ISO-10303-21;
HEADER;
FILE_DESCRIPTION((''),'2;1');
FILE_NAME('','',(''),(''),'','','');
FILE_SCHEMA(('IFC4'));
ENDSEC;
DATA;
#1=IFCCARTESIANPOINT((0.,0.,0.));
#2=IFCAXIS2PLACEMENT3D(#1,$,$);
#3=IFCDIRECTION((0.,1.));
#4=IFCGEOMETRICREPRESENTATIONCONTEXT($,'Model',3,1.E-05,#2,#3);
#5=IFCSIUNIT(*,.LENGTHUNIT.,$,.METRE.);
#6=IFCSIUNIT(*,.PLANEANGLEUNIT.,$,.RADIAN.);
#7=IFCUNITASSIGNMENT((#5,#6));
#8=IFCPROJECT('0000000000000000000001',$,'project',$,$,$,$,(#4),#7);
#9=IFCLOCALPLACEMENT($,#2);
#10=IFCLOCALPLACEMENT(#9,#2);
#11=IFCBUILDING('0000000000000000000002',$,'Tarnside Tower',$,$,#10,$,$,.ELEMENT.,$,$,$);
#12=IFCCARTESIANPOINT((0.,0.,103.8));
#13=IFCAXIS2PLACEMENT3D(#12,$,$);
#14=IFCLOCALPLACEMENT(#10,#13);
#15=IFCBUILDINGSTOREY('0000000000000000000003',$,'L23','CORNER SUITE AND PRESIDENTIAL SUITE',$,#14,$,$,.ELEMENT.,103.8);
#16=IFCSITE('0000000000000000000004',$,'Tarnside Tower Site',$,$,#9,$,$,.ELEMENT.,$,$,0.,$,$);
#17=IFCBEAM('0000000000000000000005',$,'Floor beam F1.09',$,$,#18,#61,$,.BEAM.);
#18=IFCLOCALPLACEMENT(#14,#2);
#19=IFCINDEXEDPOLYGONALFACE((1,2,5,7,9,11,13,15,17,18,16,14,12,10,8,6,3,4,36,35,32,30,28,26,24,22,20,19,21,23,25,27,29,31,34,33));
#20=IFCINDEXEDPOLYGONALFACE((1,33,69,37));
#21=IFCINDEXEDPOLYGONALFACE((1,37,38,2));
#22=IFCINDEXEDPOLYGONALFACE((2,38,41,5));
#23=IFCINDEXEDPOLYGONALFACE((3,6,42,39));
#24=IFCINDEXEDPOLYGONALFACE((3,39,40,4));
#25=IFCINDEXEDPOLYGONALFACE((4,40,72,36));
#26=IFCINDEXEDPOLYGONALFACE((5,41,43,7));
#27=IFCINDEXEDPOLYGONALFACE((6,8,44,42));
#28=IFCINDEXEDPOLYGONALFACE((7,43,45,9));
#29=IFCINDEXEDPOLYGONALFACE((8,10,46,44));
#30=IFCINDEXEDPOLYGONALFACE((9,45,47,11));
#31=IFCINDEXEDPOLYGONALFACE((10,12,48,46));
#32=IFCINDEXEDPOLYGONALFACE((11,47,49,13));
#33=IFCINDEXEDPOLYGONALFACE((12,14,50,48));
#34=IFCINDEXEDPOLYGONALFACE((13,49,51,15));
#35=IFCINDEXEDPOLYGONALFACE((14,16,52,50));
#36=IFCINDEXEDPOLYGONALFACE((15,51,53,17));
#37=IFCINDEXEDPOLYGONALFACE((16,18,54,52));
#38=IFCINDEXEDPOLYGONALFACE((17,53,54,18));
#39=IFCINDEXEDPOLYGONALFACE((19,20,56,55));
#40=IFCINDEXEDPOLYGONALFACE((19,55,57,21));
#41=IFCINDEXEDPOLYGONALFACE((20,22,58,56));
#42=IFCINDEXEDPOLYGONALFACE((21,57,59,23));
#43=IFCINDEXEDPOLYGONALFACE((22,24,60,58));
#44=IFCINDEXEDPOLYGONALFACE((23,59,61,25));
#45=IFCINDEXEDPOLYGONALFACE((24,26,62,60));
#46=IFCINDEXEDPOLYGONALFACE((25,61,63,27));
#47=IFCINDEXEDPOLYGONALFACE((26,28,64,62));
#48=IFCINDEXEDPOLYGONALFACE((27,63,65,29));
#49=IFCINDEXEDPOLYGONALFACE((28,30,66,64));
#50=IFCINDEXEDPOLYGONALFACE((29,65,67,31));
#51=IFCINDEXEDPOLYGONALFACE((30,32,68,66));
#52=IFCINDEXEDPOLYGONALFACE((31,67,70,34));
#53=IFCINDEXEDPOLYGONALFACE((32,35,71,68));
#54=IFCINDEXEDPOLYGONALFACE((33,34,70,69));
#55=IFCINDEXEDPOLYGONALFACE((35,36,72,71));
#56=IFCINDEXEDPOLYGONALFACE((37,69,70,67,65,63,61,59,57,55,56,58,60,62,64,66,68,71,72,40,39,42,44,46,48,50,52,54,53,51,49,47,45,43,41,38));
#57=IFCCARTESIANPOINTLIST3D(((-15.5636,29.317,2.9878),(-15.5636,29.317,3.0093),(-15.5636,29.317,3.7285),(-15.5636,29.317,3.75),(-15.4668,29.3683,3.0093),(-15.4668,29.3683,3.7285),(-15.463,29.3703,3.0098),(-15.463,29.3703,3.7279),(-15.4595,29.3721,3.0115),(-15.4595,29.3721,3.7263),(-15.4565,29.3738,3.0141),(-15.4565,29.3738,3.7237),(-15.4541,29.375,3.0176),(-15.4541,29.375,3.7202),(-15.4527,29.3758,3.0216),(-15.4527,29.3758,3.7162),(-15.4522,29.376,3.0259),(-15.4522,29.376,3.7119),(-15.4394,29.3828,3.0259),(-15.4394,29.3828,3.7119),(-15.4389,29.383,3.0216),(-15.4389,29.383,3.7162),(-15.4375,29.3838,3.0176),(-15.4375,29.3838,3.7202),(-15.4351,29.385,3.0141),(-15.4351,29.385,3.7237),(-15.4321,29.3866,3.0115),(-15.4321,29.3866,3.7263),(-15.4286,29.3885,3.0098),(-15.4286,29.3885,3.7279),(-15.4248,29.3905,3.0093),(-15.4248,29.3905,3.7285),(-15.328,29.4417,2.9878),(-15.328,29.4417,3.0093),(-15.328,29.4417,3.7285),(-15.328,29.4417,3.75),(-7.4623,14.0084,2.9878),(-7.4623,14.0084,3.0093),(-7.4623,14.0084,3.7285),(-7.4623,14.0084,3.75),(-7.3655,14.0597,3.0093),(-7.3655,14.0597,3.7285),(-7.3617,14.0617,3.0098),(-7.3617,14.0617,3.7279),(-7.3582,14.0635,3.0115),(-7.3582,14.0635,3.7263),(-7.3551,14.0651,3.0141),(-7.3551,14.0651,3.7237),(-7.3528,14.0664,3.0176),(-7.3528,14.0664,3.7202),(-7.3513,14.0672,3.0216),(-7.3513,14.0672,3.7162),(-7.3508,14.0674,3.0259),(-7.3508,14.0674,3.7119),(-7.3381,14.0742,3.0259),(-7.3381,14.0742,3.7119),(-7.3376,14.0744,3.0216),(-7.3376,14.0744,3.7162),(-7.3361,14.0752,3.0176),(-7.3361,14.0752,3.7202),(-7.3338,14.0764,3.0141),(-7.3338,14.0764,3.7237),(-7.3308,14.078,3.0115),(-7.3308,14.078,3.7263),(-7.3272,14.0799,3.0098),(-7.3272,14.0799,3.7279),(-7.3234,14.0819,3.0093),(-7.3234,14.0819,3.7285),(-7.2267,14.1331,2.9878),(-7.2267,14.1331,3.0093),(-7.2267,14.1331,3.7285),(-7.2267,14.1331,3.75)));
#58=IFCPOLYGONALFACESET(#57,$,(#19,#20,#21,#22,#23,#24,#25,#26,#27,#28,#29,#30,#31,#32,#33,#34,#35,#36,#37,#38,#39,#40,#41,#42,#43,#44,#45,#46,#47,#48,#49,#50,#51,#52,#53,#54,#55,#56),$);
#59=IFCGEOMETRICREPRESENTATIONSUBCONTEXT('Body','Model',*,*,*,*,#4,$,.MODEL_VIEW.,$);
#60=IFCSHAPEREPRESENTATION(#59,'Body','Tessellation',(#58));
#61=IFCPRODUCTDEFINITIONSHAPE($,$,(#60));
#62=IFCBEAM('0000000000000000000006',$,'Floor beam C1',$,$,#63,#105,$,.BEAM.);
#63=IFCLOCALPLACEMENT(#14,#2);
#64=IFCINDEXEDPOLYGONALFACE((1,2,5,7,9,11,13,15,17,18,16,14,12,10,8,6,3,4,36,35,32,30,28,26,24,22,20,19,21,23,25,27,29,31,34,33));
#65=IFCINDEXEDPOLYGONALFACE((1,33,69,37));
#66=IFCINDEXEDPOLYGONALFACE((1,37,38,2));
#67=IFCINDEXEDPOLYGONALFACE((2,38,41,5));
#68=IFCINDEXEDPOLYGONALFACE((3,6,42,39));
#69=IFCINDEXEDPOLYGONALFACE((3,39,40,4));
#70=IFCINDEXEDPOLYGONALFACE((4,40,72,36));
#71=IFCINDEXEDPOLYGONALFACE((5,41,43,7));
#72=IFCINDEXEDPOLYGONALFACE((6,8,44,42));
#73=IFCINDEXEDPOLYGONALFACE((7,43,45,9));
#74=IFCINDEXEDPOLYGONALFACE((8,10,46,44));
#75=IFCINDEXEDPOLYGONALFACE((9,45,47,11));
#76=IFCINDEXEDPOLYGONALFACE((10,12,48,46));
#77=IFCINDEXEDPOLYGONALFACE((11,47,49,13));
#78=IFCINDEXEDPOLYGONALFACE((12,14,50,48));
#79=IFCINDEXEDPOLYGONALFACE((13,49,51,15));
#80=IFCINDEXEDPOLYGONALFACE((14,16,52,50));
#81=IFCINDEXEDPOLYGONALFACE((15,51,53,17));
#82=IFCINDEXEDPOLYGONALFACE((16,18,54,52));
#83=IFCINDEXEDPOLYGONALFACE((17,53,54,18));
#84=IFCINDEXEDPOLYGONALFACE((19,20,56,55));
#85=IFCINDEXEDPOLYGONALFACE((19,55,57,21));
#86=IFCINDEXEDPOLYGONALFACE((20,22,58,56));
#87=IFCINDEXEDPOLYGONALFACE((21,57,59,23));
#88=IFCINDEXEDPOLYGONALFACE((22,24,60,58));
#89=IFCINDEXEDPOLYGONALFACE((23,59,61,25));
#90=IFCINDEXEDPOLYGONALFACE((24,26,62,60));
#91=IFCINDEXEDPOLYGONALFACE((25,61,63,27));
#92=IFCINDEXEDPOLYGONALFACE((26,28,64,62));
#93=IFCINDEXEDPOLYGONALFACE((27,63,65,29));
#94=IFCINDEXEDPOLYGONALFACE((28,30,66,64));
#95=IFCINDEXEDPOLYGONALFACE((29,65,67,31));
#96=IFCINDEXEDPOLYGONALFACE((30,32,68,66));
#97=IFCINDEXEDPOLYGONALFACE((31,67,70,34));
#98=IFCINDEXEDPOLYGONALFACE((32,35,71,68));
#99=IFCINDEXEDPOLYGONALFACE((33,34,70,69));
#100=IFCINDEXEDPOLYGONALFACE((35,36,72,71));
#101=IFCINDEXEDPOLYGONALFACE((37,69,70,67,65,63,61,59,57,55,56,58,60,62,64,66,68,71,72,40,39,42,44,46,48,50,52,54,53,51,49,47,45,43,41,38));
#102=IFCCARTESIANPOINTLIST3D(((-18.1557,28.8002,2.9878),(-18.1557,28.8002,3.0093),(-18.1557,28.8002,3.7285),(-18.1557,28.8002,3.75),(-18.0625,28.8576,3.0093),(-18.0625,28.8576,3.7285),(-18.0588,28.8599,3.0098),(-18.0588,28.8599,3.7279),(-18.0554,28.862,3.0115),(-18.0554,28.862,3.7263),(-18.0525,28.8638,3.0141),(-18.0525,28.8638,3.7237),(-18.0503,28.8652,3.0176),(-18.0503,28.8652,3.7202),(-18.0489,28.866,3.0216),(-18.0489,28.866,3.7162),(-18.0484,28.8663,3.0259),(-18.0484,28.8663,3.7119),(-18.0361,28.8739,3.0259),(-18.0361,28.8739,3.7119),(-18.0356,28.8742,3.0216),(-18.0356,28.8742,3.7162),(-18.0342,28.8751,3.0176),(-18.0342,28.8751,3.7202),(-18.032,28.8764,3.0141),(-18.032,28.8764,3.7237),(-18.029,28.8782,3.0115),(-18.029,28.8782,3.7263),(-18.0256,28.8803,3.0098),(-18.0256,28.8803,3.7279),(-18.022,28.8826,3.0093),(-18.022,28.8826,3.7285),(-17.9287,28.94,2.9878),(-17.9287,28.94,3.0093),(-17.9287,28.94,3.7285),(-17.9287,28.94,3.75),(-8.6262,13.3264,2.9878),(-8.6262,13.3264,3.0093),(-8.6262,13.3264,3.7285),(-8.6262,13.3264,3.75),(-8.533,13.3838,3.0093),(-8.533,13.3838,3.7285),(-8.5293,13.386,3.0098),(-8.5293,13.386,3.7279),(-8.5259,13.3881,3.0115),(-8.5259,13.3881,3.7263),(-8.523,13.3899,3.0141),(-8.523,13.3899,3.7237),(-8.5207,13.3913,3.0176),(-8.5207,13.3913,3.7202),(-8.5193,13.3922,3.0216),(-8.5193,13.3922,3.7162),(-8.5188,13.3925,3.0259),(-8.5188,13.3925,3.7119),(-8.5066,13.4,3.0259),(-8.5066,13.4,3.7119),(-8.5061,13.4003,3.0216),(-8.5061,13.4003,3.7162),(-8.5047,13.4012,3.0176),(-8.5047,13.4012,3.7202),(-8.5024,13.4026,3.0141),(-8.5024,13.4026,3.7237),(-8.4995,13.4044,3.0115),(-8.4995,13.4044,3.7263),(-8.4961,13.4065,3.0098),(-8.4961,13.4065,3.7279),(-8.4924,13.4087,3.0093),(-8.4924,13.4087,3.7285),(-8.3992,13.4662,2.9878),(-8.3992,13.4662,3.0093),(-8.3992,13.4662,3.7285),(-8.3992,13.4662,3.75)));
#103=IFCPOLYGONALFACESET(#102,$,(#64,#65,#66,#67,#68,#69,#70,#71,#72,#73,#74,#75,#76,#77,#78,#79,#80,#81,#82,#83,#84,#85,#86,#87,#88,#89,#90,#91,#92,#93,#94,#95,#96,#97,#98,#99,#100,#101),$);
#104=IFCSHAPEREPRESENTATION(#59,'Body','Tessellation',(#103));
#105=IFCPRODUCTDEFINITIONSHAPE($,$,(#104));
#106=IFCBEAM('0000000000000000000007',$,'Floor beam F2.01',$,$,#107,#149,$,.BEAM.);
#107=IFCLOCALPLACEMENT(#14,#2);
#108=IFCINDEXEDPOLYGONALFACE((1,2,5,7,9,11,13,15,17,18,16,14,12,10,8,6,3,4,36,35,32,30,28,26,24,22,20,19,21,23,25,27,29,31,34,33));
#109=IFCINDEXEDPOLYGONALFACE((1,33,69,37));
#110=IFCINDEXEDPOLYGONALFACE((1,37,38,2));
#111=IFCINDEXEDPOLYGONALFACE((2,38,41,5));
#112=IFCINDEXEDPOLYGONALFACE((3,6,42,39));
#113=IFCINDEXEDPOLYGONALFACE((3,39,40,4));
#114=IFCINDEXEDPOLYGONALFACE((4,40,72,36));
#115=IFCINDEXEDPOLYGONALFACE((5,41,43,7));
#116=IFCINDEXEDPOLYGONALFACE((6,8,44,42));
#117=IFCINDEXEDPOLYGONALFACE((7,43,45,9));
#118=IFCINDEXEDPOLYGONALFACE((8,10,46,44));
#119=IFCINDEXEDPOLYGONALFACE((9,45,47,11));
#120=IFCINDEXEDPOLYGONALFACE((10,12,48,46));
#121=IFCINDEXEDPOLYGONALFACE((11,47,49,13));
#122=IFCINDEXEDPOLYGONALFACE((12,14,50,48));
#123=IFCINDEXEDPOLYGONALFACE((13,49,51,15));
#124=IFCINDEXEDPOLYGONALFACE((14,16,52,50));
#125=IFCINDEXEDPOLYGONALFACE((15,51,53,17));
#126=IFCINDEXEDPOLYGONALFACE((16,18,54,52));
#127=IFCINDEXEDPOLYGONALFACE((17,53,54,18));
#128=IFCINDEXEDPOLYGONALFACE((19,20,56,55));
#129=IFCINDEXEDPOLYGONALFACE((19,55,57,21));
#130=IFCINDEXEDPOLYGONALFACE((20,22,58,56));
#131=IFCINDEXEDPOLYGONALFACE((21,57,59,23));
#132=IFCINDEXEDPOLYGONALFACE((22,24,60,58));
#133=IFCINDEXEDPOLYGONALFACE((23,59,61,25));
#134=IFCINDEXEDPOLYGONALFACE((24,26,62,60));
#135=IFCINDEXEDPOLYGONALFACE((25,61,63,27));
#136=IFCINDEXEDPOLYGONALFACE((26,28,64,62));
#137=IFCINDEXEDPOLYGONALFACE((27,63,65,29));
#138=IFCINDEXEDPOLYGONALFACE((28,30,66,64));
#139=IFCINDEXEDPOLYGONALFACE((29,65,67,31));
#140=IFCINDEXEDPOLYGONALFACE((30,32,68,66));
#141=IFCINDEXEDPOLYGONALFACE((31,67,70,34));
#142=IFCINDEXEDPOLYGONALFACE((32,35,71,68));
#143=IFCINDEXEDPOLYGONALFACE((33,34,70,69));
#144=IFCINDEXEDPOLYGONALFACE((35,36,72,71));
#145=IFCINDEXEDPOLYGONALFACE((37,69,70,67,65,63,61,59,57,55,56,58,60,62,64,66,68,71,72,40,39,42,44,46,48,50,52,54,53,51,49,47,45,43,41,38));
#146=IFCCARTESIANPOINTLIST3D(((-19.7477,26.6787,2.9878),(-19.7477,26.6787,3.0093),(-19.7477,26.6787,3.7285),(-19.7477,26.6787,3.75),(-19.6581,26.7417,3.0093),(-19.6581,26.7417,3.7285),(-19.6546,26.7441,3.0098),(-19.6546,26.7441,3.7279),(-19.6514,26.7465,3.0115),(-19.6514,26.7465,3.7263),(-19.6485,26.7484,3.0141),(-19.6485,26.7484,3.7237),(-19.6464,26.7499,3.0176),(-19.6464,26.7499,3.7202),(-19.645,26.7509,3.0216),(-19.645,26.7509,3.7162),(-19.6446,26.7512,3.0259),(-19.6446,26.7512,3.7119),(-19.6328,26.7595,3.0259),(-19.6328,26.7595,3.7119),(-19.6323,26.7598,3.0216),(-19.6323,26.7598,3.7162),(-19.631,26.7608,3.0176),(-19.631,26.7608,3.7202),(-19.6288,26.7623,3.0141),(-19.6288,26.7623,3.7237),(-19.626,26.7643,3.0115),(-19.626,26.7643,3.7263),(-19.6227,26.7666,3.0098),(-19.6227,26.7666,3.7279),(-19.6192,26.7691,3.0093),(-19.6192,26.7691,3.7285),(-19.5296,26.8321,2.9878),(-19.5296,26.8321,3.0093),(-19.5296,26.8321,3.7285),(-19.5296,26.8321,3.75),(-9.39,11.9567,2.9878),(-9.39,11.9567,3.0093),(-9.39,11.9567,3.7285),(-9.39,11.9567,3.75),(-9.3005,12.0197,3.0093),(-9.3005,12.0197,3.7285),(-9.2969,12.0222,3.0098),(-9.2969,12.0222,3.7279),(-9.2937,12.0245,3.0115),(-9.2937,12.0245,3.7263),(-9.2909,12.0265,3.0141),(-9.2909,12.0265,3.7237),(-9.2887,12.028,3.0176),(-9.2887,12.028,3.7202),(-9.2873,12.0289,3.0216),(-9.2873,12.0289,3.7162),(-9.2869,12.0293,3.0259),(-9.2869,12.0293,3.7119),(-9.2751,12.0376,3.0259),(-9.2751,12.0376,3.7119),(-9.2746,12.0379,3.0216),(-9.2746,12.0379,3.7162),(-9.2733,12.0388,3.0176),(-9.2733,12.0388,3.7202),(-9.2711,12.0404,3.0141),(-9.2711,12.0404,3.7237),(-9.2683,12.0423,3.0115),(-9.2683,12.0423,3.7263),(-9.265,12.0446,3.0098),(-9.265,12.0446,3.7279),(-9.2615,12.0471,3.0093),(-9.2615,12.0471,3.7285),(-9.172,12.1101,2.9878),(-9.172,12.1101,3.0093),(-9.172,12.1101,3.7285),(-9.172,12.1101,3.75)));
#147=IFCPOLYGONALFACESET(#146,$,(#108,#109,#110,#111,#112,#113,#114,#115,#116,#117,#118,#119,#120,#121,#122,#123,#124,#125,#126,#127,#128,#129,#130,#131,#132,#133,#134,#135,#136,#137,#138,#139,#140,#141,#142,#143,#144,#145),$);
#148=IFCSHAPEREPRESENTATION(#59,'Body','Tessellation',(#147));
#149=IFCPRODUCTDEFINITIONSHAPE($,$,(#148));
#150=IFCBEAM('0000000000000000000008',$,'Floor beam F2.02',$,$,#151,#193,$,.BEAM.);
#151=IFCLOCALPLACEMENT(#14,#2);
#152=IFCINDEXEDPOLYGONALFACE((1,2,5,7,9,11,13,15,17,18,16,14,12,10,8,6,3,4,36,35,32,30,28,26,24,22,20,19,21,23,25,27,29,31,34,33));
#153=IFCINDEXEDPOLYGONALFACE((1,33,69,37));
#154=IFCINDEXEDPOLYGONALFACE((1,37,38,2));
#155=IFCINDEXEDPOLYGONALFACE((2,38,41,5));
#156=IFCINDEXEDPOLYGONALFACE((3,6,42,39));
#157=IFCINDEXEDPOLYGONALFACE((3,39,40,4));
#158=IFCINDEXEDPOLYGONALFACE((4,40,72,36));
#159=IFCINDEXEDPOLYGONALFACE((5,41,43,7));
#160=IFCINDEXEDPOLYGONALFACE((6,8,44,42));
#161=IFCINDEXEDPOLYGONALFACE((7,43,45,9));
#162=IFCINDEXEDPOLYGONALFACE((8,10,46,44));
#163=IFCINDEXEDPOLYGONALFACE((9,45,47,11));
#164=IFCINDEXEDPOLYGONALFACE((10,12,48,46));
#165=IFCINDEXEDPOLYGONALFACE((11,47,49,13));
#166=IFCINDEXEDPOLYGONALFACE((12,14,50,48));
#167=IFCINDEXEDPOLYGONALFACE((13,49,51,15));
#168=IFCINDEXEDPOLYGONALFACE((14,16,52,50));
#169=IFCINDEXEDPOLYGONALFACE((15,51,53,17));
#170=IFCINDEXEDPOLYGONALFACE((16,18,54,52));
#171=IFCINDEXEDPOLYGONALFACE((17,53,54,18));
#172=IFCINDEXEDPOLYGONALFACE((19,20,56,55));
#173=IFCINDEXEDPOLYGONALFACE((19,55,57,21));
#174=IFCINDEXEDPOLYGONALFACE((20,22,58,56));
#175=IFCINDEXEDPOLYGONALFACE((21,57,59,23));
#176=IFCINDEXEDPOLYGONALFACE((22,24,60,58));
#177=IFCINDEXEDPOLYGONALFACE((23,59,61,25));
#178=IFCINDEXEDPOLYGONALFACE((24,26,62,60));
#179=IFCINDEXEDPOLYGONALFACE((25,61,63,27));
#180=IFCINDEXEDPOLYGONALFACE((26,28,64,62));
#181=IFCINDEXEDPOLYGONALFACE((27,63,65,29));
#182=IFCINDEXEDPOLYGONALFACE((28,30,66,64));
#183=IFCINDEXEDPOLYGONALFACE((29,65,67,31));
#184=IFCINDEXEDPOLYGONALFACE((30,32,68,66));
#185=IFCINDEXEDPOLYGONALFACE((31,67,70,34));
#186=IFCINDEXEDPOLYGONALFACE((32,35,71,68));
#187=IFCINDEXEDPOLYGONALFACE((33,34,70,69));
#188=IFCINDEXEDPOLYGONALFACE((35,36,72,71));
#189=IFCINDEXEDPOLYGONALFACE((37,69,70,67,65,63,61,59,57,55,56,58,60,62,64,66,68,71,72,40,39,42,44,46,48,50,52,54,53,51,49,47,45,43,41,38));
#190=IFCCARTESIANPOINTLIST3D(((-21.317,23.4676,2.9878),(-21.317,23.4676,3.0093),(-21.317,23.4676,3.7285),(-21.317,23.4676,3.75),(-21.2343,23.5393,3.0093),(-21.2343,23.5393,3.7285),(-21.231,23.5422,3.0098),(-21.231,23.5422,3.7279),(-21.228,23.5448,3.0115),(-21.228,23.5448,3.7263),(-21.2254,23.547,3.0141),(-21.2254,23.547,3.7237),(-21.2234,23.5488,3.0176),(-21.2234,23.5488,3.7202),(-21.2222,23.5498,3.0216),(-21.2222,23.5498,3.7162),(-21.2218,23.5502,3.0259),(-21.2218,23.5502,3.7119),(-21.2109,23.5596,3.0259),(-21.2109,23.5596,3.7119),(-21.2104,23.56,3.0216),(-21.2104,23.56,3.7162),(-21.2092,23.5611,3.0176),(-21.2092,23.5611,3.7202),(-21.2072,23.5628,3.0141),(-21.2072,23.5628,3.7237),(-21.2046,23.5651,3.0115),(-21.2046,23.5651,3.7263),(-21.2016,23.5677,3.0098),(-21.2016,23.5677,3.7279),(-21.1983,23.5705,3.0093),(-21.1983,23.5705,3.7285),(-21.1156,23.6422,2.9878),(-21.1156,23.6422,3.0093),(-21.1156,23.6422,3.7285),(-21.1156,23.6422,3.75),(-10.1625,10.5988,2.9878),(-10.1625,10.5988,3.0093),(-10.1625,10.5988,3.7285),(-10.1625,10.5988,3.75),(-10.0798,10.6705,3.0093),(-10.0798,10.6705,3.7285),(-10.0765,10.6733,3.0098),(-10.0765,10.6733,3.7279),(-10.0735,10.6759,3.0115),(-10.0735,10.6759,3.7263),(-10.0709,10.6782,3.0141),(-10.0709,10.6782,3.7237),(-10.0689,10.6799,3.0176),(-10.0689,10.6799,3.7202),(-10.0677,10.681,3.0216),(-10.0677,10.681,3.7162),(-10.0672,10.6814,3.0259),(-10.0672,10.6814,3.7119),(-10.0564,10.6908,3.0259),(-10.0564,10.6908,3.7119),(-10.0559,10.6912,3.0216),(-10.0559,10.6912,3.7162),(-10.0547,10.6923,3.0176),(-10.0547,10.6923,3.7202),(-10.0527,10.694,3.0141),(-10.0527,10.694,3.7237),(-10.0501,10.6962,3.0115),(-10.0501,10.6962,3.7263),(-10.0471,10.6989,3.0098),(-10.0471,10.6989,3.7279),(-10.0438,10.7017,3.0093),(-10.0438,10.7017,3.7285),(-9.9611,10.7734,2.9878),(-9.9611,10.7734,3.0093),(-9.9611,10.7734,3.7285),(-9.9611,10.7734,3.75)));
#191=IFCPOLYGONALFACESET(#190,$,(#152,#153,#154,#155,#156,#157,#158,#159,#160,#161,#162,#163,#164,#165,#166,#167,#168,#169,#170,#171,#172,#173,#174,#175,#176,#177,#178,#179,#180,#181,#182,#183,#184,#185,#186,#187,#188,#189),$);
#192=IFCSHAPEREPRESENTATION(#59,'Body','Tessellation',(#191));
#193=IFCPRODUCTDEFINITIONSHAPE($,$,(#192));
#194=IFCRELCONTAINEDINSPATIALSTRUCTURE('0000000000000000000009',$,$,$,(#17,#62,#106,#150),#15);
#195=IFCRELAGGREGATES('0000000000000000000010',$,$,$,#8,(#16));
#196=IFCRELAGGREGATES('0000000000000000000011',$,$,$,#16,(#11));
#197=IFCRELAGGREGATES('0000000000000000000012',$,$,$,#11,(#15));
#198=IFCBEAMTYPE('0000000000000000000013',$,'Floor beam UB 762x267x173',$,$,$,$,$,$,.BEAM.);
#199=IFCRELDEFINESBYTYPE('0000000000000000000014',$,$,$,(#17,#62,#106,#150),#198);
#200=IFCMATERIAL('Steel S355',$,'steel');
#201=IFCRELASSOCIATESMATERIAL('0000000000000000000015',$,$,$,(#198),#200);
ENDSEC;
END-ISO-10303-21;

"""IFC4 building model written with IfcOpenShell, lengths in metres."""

from ifc_helpers import new_model, si_unit, direction, frame, origin, origin_2d, place, context, subcontext, project, spatial, i_section, extrude, material, material_profile, profile_set, type_object, element, save


model = new_model("IFC4")

# Units and contexts
model_context = context("Model", 3, precision=1e-05, world=origin(), true_north=direction((0.0, 1.0)))
body_context = subcontext(model_context, "Body", "Model", "MODEL_VIEW")
ifc_project = project(units=[si_unit("LENGTHUNIT", "METRE"), si_unit("PLANEANGLEUNIT", "RADIAN")], contexts=[model_context])

# Site, building, storey
site_placement = place(None, origin())
site = spatial("IfcSite", under=ifc_project, at=site_placement, Name="Tarnside Tower Site", CompositionType="ELEMENT", RefElevation=0.0)
building_placement = place(site_placement, origin())
building = spatial("IfcBuilding", under=site, at=building_placement, Name="Tarnside Tower", CompositionType="ELEMENT")
storey_placement = place(building_placement, frame((0.0, 0.0, 103.8)))
storey = spatial("IfcBuildingStorey", under=building, at=storey_placement, Name="L23", Description="CORNER SUITE AND PRESIDENTIAL SUITE", CompositionType="ELEMENT", Elevation=103.8)

# Beams
ifc_material_1 = material(Name="Steel S355", Category="steel")
ifc_material_profile = material_profile(ifc_material_1, i_section(OverallWidth=0.2666, OverallDepth=0.7622, WebThickness=0.0144, FlangeThickness=0.0215, FilletRadius=0.0166, at=origin_2d()), Name="UB 762x267x173")
ifc_profile_set = profile_set([ifc_material_profile], Name="Steel S355")
beam_type = type_object("IfcBeamType", Name="Floor beam UB 762x267x173", PredefinedType="BEAM", material=ifc_profile_set)
beam_1_placement = place(storey_placement, frame((-15.4458, 29.3794, 3.3689), z_axis=(0.467742, -0.883865, 0.0), x_axis=(0.883865, 0.467742, 0.0)))
element("IfcBeam", 1, at=beam_1_placement, inside=storey, type_object=beam_type, Name="Floor beam F1.09", PredefinedType="BEAM", context=body_context, shape_type="SweptSolid", body=[
    extrude(i_section(OverallWidth=0.2666, OverallDepth=0.7622, WebThickness=0.0144, FlangeThickness=0.0215, FilletRadius=0.0166, at=origin_2d()), origin(), (0.0, 0.0, 1.0), 17.3201),
])
beam_2_placement = place(storey_placement, frame((-18.0422, 28.8701, 3.3689), z_axis=(0.524383, -0.851483, 0.0), x_axis=(0.851483, 0.524383, 0.0)))
element("IfcBeam", 2, at=beam_2_placement, inside=storey, type_object=beam_type, Name="Floor beam C1", PredefinedType="BEAM", context=body_context, shape_type="SweptSolid", body=[
    extrude(i_section(OverallWidth=0.2666, OverallDepth=0.7622, WebThickness=0.0144, FlangeThickness=0.0215, FilletRadius=0.0166, at=origin_2d()), origin(), (0.0, 0.0, 1.0), 18.1729),
])
beam_3_placement = place(storey_placement, frame((-19.6387, 26.7554, 3.3689), z_axis=(0.575411, -0.817864, 0.0), x_axis=(0.817864, 0.575411, 0.0)))
element("IfcBeam", 3, at=beam_3_placement, inside=storey, type_object=beam_type, Name="Floor beam F2.01", PredefinedType="BEAM", context=body_context, shape_type="SweptSolid", body=[
    extrude(i_section(OverallWidth=0.2666, OverallDepth=0.7622, WebThickness=0.0144, FlangeThickness=0.0215, FilletRadius=0.0166, at=origin_2d()), origin(), (0.0, 0.0, 1.0), 18.0005),
])
beam_4_placement = place(storey_placement, frame((-21.2163, 23.5549, 3.3689), z_axis=(0.654981, -0.755646, 0.0), x_axis=(0.755646, 0.654981, 0.0)))
element("IfcBeam", 4, at=beam_4_placement, inside=storey, type_object=beam_type, Name="Floor beam F2.02", PredefinedType="BEAM", context=body_context, shape_type="SweptSolid", body=[
    extrude(i_section(OverallWidth=0.2666, OverallDepth=0.7622, WebThickness=0.0144, FlangeThickness=0.0215, FilletRadius=0.0166, at=origin_2d()), origin(), (0.0, 0.0, 1.0), 17.0303),
])

save(model, "model.ifc")
